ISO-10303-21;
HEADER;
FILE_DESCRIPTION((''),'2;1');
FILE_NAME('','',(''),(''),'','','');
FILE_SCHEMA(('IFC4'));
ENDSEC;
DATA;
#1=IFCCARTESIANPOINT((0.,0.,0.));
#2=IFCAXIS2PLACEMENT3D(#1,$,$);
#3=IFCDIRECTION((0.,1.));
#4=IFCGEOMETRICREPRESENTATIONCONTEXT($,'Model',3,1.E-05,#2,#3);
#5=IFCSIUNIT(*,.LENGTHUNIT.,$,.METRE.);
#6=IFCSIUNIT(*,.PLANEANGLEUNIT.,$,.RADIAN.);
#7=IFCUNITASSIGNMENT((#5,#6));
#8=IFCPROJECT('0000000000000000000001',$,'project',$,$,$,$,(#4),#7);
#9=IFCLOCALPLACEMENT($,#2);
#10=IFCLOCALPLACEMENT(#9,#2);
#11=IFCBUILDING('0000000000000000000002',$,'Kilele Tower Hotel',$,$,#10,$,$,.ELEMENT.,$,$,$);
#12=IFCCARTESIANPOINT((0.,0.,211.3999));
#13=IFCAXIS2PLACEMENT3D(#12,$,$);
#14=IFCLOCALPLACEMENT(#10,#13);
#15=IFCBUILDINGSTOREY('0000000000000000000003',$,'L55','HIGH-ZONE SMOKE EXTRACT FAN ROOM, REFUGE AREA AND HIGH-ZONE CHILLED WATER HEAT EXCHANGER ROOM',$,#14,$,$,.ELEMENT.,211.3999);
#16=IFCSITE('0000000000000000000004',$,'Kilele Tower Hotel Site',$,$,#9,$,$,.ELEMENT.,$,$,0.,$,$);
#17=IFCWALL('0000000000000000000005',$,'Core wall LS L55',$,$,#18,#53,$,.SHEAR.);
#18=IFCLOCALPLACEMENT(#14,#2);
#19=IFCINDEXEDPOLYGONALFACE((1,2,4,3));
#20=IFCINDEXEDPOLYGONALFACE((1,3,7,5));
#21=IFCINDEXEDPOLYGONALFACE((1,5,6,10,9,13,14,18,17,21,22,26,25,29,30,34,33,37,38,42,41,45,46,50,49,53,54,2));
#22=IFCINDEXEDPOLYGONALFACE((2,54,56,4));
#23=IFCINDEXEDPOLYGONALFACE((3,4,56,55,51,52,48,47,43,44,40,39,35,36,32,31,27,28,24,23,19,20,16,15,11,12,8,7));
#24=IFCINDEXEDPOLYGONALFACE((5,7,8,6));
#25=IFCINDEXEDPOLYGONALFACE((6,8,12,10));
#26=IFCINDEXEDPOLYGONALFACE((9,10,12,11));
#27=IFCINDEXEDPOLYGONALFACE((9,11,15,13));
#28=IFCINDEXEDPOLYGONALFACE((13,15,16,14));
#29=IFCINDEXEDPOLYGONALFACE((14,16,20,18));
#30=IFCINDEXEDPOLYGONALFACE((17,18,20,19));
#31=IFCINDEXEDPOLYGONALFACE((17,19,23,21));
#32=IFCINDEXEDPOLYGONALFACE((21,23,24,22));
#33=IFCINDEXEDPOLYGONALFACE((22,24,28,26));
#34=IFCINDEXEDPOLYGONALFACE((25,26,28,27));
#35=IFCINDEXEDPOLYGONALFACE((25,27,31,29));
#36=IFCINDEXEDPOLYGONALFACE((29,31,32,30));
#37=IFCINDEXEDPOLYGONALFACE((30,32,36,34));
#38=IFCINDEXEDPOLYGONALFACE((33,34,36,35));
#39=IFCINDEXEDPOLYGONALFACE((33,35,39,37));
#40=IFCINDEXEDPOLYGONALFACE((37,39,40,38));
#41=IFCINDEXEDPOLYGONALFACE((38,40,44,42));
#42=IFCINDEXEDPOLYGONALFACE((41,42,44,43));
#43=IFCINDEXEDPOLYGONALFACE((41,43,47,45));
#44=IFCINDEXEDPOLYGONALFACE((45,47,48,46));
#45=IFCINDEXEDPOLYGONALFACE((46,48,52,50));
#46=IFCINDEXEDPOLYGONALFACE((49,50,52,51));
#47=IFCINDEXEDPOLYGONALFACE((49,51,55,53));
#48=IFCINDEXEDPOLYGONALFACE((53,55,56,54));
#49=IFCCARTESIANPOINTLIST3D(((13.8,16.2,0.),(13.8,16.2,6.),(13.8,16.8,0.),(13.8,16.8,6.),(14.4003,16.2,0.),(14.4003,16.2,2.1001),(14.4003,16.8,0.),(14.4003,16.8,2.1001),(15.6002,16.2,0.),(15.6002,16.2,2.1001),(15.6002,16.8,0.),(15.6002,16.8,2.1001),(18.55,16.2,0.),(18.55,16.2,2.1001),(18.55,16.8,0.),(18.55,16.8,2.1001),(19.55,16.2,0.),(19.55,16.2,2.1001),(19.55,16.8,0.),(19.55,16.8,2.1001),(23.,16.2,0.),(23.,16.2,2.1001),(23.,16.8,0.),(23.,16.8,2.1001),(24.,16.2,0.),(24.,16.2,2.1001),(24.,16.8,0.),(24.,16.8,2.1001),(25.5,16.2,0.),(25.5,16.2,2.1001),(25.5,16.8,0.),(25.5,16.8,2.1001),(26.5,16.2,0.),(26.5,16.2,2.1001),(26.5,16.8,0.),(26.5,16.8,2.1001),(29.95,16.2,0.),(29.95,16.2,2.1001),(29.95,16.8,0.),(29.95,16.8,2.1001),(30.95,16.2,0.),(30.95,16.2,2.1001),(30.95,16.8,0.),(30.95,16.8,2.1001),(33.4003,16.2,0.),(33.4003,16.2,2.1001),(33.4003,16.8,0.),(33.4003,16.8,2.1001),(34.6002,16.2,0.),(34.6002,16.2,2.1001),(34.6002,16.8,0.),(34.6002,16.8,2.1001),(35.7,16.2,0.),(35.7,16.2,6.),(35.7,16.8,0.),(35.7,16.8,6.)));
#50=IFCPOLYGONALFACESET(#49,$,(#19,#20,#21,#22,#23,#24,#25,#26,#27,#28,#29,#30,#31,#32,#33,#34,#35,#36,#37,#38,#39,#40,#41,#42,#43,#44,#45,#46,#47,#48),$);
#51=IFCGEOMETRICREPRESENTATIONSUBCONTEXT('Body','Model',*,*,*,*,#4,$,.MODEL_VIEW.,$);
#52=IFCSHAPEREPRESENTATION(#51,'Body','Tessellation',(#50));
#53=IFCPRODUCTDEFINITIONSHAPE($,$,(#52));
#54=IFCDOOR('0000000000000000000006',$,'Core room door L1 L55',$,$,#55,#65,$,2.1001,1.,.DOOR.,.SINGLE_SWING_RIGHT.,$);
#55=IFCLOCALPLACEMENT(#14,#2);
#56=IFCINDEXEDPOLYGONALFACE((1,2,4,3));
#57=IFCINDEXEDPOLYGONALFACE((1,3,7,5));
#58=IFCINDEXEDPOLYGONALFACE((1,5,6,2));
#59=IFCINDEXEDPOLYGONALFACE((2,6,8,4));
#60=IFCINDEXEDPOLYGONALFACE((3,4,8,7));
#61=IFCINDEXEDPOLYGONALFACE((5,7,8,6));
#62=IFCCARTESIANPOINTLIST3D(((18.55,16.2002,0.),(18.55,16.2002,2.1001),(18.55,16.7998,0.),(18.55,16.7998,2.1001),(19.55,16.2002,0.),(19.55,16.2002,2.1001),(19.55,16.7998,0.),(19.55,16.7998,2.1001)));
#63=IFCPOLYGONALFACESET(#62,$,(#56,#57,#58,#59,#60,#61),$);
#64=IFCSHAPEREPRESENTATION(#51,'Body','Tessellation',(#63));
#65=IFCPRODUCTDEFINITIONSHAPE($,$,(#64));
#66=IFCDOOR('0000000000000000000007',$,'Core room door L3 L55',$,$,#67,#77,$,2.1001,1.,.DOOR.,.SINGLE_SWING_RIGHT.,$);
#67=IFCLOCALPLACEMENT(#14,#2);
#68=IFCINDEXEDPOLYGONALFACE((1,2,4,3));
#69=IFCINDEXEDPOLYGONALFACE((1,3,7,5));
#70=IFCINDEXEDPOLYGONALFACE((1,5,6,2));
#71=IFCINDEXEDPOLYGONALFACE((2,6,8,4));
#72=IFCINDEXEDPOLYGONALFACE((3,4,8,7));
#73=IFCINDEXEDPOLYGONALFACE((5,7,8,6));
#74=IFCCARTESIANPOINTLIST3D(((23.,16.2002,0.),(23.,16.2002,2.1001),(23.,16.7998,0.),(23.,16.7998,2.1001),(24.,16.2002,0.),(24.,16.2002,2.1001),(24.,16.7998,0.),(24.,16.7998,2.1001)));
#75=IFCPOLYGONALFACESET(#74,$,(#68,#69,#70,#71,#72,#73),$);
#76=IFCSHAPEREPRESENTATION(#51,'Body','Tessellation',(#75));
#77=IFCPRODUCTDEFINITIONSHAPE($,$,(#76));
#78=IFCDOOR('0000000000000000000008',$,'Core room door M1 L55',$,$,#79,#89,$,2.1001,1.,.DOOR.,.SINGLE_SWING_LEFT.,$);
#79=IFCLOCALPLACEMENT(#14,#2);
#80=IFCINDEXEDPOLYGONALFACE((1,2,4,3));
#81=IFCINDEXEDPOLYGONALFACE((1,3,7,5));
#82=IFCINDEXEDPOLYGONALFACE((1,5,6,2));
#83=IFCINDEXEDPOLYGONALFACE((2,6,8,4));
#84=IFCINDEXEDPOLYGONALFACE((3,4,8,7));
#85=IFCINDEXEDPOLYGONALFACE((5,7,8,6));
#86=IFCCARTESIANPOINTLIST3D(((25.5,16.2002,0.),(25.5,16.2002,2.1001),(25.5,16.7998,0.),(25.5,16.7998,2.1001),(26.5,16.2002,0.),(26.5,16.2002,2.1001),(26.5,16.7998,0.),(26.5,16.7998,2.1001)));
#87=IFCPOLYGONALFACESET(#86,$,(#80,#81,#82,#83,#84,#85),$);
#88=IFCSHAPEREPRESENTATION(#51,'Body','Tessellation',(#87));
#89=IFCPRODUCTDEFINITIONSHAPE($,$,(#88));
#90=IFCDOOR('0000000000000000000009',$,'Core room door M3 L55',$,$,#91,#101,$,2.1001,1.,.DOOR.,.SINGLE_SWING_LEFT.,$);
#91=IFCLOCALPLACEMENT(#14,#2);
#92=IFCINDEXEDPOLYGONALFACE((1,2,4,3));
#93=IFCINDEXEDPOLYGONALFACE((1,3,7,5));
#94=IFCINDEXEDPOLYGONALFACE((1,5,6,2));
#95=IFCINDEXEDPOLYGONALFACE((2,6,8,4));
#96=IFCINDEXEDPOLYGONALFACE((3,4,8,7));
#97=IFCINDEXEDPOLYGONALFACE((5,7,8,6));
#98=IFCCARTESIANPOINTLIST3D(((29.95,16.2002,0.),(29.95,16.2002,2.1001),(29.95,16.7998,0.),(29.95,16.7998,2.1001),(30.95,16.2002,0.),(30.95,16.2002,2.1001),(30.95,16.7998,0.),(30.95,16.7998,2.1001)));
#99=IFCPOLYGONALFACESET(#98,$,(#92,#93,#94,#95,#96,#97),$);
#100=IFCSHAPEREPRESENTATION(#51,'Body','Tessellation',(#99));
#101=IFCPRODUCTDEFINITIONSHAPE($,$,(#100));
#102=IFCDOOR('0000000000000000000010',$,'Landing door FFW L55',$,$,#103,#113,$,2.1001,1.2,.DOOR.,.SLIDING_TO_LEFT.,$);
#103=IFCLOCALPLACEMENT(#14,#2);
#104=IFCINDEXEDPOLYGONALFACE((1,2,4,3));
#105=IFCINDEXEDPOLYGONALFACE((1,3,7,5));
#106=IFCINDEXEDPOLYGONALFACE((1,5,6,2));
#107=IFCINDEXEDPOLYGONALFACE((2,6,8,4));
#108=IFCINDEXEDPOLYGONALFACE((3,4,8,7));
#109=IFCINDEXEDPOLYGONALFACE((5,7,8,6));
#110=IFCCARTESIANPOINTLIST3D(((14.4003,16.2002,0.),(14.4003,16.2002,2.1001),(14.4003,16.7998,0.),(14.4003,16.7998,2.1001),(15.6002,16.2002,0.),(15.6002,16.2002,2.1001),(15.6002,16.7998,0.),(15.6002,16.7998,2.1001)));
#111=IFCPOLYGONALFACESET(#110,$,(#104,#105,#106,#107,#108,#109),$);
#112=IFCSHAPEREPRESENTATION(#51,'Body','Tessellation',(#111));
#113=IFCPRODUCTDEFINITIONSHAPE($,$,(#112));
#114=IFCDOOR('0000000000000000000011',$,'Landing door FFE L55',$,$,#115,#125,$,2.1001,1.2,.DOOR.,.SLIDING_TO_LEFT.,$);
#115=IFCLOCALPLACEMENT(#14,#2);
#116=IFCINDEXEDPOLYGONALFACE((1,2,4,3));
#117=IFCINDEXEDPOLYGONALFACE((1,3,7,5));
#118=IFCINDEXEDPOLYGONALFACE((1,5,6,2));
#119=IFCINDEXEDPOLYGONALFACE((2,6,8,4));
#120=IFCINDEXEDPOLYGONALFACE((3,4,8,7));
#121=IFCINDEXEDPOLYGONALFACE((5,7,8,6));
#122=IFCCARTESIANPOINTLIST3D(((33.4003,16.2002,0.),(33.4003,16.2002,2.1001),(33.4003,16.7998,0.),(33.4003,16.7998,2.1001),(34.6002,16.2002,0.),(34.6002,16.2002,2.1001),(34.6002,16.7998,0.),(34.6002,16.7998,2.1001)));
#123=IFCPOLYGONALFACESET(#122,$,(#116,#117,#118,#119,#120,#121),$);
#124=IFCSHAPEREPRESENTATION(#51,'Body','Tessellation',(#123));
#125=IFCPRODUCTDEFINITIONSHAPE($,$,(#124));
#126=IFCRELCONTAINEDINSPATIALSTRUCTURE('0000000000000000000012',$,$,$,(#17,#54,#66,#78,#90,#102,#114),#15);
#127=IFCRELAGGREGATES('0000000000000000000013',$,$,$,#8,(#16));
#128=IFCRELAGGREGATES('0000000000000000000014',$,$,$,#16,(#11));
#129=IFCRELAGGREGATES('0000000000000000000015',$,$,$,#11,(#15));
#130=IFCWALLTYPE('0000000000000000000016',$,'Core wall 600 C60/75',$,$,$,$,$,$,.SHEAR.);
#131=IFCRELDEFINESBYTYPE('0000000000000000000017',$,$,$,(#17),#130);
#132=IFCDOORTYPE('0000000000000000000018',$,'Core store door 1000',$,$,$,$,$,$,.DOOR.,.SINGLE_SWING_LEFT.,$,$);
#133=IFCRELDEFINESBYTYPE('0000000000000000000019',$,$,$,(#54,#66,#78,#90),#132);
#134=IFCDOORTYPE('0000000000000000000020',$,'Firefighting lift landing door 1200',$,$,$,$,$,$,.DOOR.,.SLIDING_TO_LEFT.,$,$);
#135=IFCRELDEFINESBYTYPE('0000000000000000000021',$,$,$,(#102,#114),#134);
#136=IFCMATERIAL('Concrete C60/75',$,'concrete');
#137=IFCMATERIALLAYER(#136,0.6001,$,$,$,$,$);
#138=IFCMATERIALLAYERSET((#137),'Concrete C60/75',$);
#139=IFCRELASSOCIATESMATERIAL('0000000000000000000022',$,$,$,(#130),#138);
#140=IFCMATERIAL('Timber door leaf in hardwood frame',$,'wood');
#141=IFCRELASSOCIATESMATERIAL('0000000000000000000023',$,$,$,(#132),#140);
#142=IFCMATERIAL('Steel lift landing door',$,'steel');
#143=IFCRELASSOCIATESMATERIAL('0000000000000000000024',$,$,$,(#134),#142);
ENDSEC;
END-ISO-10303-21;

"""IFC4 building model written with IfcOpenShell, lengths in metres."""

from ifc_helpers import new_model, si_unit, direction, frame, frame_2d, origin, place, context, subcontext, project, spatial, rectangle, extrude, material, layer, layer_set, type_object, element, fill, save


model = new_model("IFC4")

# Units and contexts
model_context = context("Model", 3, precision=1e-05, world=origin(), true_north=direction((0.0, 1.0)))
body_context = subcontext(model_context, "Body", "Model", "MODEL_VIEW")
ifc_project = project(units=[si_unit("LENGTHUNIT", "METRE"), si_unit("PLANEANGLEUNIT", "RADIAN")], contexts=[model_context])

# Site, building, storey
site_placement = place(None, origin())
site = spatial("IfcSite", under=ifc_project, at=site_placement, Name="Kilele Tower Hotel Site", CompositionType="ELEMENT", RefElevation=0.0)
building_placement = place(site_placement, origin())
building = spatial("IfcBuilding", under=site, at=building_placement, Name="Kilele Tower Hotel", CompositionType="ELEMENT")
storey_placement = place(building_placement, frame((0.0, 0.0, 211.3999)))
storey = spatial("IfcBuildingStorey", under=building, at=storey_placement, Name="L55", Description="HIGH-ZONE SMOKE EXTRACT FAN ROOM, REFUGE AREA AND HIGH-ZONE CHILLED WATER HEAT EXCHANGER ROOM", CompositionType="ELEMENT", Elevation=211.3999)

# Shared definitions
ifc_material_1 = material(Name="Concrete C60/75", Category="concrete")
ifc_layer_1 = layer(ifc_material_1, 0.6001)
ifc_layer_set_1 = layer_set([ifc_layer_1], Name="Concrete C60/75")
wall_type_1 = type_object("IfcWallType", Name="Core wall 600 C60/75", PredefinedType="SHEAR", material=ifc_layer_set_1)

# Wall, openings, doors
wall_1_placement = place(storey_placement, frame((13.8, 16.5, 0.0), z_axis=(0.0, 0.0, 1.0), x_axis=(1.0, 0.0, 0.0)))
wall_1 = element("IfcWall", 1, at=wall_1_placement, inside=storey, type_object=wall_type_1, Name="Core wall LS L55", PredefinedType="SHEAR", context=body_context, shape_type="SweptSolid", body=[
    extrude(rectangle(XDim=21.8999, YDim=0.6001, at=frame_2d((10.95, 0.0))), origin(), (0.0, 0.0, 1.0), 6.0),
])
opening_1_placement = place(wall_1_placement, frame((5.75, 0.0, 0.0), z_axis=(0.0, 0.0, 1.0), x_axis=(-1.0, 0.0, 0.0)))
opening_1 = element("IfcOpeningElement", 2, at=opening_1_placement, cuts=wall_1, PredefinedType="OPENING", context=body_context, shape_type="SweptSolid", body=[
    extrude(rectangle(XDim=1.0, YDim=2.1001, at=frame_2d((0.5, 1.05))), frame((0.0, 0.3101, 0.0), z_axis=(0.0, -1.0, 0.0), x_axis=(1.0, 0.0, 0.0)), (0.0, 0.0, 1.0), 0.6201),
])
opening_2_placement = place(wall_1_placement, frame((10.2, 0.0, 0.0), z_axis=(0.0, 0.0, 1.0), x_axis=(-1.0, 0.0, 0.0)))
opening_2 = element("IfcOpeningElement", 3, at=opening_2_placement, cuts=wall_1, PredefinedType="OPENING", context=body_context, shape_type="SweptSolid", body=[
    extrude(rectangle(XDim=1.0, YDim=2.1001, at=frame_2d((0.5, 1.05))), frame((0.0, 0.3101, 0.0), z_axis=(0.0, -1.0, 0.0), x_axis=(1.0, 0.0, 0.0)), (0.0, 0.0, 1.0), 0.6201),
])
opening_3_placement = place(wall_1_placement, frame((12.7, 0.0, 0.0), z_axis=(0.0, 0.0, 1.0), x_axis=(-1.0, 0.0, 0.0)))
opening_3 = element("IfcOpeningElement", 4, at=opening_3_placement, cuts=wall_1, PredefinedType="OPENING", context=body_context, shape_type="SweptSolid", body=[
    extrude(rectangle(XDim=1.0, YDim=2.1001, at=frame_2d((0.5, 1.05))), frame((0.0, 0.3101, 0.0), z_axis=(0.0, -1.0, 0.0), x_axis=(1.0, 0.0, 0.0)), (0.0, 0.0, 1.0), 0.6201),
])
opening_4_placement = place(wall_1_placement, frame((17.1499, 0.0, 0.0), z_axis=(0.0, 0.0, 1.0), x_axis=(-1.0, 0.0, 0.0)))
opening_4 = element("IfcOpeningElement", 5, at=opening_4_placement, cuts=wall_1, PredefinedType="OPENING", context=body_context, shape_type="SweptSolid", body=[
    extrude(rectangle(XDim=1.0, YDim=2.1001, at=frame_2d((0.5, 1.05))), frame((0.0, 0.3101, 0.0), z_axis=(0.0, -1.0, 0.0), x_axis=(1.0, 0.0, 0.0)), (0.0, 0.0, 1.0), 0.6201),
])
opening_5_placement = place(wall_1_placement, frame((0.6001, 0.0, 0.0)))
opening_5 = element("IfcOpeningElement", 6, at=opening_5_placement, cuts=wall_1, PredefinedType="OPENING", context=body_context, shape_type="SweptSolid", body=[
    extrude(rectangle(XDim=1.2, YDim=2.1001, at=frame_2d((0.6001, 1.05))), frame((0.0, 0.3101, 0.0), z_axis=(0.0, -1.0, 0.0), x_axis=(1.0, 0.0, 0.0)), (0.0, 0.0, 1.0), 0.6201),
])
opening_6_placement = place(wall_1_placement, frame((19.6001, 0.0, 0.0)))
opening_6 = element("IfcOpeningElement", 7, at=opening_6_placement, cuts=wall_1, PredefinedType="OPENING", context=body_context, shape_type="SweptSolid", body=[
    extrude(rectangle(XDim=1.2, YDim=2.1001, at=frame_2d((0.6001, 1.05))), frame((0.0, 0.3101, 0.0), z_axis=(0.0, -1.0, 0.0), x_axis=(1.0, 0.0, 0.0)), (0.0, 0.0, 1.0), 0.6201),
])
ifc_material_2 = material(Name="Timber door leaf in hardwood frame", Category="wood")
door_type_1 = type_object("IfcDoorType", Name="Core store door 1000", OperationType="SINGLE_SWING_LEFT", PredefinedType="DOOR", material=ifc_material_2)
door_1_placement = place(opening_1_placement, origin())
door_1 = element("IfcDoor", 8, at=door_1_placement, inside=storey, type_object=door_type_1, Name="Core room door L1 L55", OperationType="SINGLE_SWING_RIGHT", OverallHeight=2.1001, OverallWidth=1.0, PredefinedType="DOOR", context=body_context, shape_type="SweptSolid", body=[
    extrude(rectangle(XDim=1.0, YDim=2.1001, at=frame_2d((0.5, 1.05))), frame((0.0, 0.2998, 0.0), z_axis=(0.0, -1.0, 0.0), x_axis=(1.0, 0.0, 0.0)), (0.0, 0.0, 1.0), 0.5996),
])
fill(opening_1, door_1)
door_2_placement = place(opening_2_placement, origin())
door_2 = element("IfcDoor", 9, at=door_2_placement, inside=storey, type_object=door_type_1, Name="Core room door L3 L55", OperationType="SINGLE_SWING_RIGHT", OverallHeight=2.1001, OverallWidth=1.0, PredefinedType="DOOR", context=body_context, shape_type="SweptSolid", body=[
    extrude(rectangle(XDim=1.0, YDim=2.1001, at=frame_2d((0.5, 1.05))), frame((0.0, 0.2998, 0.0), z_axis=(0.0, -1.0, 0.0), x_axis=(1.0, 0.0, 0.0)), (0.0, 0.0, 1.0), 0.5996),
])
fill(opening_2, door_2)
door_3_placement = place(opening_3_placement, origin())
door_3 = element("IfcDoor", 10, at=door_3_placement, inside=storey, type_object=door_type_1, Name="Core room door M1 L55", OperationType="SINGLE_SWING_LEFT", OverallHeight=2.1001, OverallWidth=1.0, PredefinedType="DOOR", context=body_context, shape_type="SweptSolid", body=[
    extrude(rectangle(XDim=1.0, YDim=2.1001, at=frame_2d((0.5, 1.05))), frame((0.0, 0.2998, 0.0), z_axis=(0.0, -1.0, 0.0), x_axis=(1.0, 0.0, 0.0)), (0.0, 0.0, 1.0), 0.5996),
])
fill(opening_3, door_3)
door_4_placement = place(opening_4_placement, origin())
door_4 = element("IfcDoor", 11, at=door_4_placement, inside=storey, type_object=door_type_1, Name="Core room door M3 L55", OperationType="SINGLE_SWING_LEFT", OverallHeight=2.1001, OverallWidth=1.0, PredefinedType="DOOR", context=body_context, shape_type="SweptSolid", body=[
    extrude(rectangle(XDim=1.0, YDim=2.1001, at=frame_2d((0.5, 1.05))), frame((0.0, 0.2998, 0.0), z_axis=(0.0, -1.0, 0.0), x_axis=(1.0, 0.0, 0.0)), (0.0, 0.0, 1.0), 0.5996),
])
fill(opening_4, door_4)
ifc_material_3 = material(Name="Steel lift landing door", Category="steel")
door_type_2 = type_object("IfcDoorType", Name="Firefighting lift landing door 1200", OperationType="SLIDING_TO_LEFT", PredefinedType="DOOR", material=ifc_material_3)
door_5_placement = place(opening_5_placement, origin())
door_5 = element("IfcDoor", 12, at=door_5_placement, inside=storey, type_object=door_type_2, Name="Landing door FFW L55", OperationType="SLIDING_TO_LEFT", OverallHeight=2.1001, OverallWidth=1.2, PredefinedType="DOOR", context=body_context, shape_type="SweptSolid", body=[
    extrude(rectangle(XDim=1.2, YDim=2.1001, at=frame_2d((0.6001, 1.05))), frame((0.0, 0.2998, 0.0), z_axis=(0.0, -1.0, 0.0), x_axis=(1.0, 0.0, 0.0)), (0.0, 0.0, 1.0), 0.5996),
])
fill(opening_5, door_5)
door_6_placement = place(opening_6_placement, origin())
door_6 = element("IfcDoor", 13, at=door_6_placement, inside=storey, type_object=door_type_2, Name="Landing door FFE L55", OperationType="SLIDING_TO_LEFT", OverallHeight=2.1001, OverallWidth=1.2, PredefinedType="DOOR", context=body_context, shape_type="SweptSolid", body=[
    extrude(rectangle(XDim=1.2, YDim=2.1001, at=frame_2d((0.6001, 1.05))), frame((0.0, 0.2998, 0.0), z_axis=(0.0, -1.0, 0.0), x_axis=(1.0, 0.0, 0.0)), (0.0, 0.0, 1.0), 0.5996),
])
fill(opening_6, door_6)

save(model, "model.ifc")
